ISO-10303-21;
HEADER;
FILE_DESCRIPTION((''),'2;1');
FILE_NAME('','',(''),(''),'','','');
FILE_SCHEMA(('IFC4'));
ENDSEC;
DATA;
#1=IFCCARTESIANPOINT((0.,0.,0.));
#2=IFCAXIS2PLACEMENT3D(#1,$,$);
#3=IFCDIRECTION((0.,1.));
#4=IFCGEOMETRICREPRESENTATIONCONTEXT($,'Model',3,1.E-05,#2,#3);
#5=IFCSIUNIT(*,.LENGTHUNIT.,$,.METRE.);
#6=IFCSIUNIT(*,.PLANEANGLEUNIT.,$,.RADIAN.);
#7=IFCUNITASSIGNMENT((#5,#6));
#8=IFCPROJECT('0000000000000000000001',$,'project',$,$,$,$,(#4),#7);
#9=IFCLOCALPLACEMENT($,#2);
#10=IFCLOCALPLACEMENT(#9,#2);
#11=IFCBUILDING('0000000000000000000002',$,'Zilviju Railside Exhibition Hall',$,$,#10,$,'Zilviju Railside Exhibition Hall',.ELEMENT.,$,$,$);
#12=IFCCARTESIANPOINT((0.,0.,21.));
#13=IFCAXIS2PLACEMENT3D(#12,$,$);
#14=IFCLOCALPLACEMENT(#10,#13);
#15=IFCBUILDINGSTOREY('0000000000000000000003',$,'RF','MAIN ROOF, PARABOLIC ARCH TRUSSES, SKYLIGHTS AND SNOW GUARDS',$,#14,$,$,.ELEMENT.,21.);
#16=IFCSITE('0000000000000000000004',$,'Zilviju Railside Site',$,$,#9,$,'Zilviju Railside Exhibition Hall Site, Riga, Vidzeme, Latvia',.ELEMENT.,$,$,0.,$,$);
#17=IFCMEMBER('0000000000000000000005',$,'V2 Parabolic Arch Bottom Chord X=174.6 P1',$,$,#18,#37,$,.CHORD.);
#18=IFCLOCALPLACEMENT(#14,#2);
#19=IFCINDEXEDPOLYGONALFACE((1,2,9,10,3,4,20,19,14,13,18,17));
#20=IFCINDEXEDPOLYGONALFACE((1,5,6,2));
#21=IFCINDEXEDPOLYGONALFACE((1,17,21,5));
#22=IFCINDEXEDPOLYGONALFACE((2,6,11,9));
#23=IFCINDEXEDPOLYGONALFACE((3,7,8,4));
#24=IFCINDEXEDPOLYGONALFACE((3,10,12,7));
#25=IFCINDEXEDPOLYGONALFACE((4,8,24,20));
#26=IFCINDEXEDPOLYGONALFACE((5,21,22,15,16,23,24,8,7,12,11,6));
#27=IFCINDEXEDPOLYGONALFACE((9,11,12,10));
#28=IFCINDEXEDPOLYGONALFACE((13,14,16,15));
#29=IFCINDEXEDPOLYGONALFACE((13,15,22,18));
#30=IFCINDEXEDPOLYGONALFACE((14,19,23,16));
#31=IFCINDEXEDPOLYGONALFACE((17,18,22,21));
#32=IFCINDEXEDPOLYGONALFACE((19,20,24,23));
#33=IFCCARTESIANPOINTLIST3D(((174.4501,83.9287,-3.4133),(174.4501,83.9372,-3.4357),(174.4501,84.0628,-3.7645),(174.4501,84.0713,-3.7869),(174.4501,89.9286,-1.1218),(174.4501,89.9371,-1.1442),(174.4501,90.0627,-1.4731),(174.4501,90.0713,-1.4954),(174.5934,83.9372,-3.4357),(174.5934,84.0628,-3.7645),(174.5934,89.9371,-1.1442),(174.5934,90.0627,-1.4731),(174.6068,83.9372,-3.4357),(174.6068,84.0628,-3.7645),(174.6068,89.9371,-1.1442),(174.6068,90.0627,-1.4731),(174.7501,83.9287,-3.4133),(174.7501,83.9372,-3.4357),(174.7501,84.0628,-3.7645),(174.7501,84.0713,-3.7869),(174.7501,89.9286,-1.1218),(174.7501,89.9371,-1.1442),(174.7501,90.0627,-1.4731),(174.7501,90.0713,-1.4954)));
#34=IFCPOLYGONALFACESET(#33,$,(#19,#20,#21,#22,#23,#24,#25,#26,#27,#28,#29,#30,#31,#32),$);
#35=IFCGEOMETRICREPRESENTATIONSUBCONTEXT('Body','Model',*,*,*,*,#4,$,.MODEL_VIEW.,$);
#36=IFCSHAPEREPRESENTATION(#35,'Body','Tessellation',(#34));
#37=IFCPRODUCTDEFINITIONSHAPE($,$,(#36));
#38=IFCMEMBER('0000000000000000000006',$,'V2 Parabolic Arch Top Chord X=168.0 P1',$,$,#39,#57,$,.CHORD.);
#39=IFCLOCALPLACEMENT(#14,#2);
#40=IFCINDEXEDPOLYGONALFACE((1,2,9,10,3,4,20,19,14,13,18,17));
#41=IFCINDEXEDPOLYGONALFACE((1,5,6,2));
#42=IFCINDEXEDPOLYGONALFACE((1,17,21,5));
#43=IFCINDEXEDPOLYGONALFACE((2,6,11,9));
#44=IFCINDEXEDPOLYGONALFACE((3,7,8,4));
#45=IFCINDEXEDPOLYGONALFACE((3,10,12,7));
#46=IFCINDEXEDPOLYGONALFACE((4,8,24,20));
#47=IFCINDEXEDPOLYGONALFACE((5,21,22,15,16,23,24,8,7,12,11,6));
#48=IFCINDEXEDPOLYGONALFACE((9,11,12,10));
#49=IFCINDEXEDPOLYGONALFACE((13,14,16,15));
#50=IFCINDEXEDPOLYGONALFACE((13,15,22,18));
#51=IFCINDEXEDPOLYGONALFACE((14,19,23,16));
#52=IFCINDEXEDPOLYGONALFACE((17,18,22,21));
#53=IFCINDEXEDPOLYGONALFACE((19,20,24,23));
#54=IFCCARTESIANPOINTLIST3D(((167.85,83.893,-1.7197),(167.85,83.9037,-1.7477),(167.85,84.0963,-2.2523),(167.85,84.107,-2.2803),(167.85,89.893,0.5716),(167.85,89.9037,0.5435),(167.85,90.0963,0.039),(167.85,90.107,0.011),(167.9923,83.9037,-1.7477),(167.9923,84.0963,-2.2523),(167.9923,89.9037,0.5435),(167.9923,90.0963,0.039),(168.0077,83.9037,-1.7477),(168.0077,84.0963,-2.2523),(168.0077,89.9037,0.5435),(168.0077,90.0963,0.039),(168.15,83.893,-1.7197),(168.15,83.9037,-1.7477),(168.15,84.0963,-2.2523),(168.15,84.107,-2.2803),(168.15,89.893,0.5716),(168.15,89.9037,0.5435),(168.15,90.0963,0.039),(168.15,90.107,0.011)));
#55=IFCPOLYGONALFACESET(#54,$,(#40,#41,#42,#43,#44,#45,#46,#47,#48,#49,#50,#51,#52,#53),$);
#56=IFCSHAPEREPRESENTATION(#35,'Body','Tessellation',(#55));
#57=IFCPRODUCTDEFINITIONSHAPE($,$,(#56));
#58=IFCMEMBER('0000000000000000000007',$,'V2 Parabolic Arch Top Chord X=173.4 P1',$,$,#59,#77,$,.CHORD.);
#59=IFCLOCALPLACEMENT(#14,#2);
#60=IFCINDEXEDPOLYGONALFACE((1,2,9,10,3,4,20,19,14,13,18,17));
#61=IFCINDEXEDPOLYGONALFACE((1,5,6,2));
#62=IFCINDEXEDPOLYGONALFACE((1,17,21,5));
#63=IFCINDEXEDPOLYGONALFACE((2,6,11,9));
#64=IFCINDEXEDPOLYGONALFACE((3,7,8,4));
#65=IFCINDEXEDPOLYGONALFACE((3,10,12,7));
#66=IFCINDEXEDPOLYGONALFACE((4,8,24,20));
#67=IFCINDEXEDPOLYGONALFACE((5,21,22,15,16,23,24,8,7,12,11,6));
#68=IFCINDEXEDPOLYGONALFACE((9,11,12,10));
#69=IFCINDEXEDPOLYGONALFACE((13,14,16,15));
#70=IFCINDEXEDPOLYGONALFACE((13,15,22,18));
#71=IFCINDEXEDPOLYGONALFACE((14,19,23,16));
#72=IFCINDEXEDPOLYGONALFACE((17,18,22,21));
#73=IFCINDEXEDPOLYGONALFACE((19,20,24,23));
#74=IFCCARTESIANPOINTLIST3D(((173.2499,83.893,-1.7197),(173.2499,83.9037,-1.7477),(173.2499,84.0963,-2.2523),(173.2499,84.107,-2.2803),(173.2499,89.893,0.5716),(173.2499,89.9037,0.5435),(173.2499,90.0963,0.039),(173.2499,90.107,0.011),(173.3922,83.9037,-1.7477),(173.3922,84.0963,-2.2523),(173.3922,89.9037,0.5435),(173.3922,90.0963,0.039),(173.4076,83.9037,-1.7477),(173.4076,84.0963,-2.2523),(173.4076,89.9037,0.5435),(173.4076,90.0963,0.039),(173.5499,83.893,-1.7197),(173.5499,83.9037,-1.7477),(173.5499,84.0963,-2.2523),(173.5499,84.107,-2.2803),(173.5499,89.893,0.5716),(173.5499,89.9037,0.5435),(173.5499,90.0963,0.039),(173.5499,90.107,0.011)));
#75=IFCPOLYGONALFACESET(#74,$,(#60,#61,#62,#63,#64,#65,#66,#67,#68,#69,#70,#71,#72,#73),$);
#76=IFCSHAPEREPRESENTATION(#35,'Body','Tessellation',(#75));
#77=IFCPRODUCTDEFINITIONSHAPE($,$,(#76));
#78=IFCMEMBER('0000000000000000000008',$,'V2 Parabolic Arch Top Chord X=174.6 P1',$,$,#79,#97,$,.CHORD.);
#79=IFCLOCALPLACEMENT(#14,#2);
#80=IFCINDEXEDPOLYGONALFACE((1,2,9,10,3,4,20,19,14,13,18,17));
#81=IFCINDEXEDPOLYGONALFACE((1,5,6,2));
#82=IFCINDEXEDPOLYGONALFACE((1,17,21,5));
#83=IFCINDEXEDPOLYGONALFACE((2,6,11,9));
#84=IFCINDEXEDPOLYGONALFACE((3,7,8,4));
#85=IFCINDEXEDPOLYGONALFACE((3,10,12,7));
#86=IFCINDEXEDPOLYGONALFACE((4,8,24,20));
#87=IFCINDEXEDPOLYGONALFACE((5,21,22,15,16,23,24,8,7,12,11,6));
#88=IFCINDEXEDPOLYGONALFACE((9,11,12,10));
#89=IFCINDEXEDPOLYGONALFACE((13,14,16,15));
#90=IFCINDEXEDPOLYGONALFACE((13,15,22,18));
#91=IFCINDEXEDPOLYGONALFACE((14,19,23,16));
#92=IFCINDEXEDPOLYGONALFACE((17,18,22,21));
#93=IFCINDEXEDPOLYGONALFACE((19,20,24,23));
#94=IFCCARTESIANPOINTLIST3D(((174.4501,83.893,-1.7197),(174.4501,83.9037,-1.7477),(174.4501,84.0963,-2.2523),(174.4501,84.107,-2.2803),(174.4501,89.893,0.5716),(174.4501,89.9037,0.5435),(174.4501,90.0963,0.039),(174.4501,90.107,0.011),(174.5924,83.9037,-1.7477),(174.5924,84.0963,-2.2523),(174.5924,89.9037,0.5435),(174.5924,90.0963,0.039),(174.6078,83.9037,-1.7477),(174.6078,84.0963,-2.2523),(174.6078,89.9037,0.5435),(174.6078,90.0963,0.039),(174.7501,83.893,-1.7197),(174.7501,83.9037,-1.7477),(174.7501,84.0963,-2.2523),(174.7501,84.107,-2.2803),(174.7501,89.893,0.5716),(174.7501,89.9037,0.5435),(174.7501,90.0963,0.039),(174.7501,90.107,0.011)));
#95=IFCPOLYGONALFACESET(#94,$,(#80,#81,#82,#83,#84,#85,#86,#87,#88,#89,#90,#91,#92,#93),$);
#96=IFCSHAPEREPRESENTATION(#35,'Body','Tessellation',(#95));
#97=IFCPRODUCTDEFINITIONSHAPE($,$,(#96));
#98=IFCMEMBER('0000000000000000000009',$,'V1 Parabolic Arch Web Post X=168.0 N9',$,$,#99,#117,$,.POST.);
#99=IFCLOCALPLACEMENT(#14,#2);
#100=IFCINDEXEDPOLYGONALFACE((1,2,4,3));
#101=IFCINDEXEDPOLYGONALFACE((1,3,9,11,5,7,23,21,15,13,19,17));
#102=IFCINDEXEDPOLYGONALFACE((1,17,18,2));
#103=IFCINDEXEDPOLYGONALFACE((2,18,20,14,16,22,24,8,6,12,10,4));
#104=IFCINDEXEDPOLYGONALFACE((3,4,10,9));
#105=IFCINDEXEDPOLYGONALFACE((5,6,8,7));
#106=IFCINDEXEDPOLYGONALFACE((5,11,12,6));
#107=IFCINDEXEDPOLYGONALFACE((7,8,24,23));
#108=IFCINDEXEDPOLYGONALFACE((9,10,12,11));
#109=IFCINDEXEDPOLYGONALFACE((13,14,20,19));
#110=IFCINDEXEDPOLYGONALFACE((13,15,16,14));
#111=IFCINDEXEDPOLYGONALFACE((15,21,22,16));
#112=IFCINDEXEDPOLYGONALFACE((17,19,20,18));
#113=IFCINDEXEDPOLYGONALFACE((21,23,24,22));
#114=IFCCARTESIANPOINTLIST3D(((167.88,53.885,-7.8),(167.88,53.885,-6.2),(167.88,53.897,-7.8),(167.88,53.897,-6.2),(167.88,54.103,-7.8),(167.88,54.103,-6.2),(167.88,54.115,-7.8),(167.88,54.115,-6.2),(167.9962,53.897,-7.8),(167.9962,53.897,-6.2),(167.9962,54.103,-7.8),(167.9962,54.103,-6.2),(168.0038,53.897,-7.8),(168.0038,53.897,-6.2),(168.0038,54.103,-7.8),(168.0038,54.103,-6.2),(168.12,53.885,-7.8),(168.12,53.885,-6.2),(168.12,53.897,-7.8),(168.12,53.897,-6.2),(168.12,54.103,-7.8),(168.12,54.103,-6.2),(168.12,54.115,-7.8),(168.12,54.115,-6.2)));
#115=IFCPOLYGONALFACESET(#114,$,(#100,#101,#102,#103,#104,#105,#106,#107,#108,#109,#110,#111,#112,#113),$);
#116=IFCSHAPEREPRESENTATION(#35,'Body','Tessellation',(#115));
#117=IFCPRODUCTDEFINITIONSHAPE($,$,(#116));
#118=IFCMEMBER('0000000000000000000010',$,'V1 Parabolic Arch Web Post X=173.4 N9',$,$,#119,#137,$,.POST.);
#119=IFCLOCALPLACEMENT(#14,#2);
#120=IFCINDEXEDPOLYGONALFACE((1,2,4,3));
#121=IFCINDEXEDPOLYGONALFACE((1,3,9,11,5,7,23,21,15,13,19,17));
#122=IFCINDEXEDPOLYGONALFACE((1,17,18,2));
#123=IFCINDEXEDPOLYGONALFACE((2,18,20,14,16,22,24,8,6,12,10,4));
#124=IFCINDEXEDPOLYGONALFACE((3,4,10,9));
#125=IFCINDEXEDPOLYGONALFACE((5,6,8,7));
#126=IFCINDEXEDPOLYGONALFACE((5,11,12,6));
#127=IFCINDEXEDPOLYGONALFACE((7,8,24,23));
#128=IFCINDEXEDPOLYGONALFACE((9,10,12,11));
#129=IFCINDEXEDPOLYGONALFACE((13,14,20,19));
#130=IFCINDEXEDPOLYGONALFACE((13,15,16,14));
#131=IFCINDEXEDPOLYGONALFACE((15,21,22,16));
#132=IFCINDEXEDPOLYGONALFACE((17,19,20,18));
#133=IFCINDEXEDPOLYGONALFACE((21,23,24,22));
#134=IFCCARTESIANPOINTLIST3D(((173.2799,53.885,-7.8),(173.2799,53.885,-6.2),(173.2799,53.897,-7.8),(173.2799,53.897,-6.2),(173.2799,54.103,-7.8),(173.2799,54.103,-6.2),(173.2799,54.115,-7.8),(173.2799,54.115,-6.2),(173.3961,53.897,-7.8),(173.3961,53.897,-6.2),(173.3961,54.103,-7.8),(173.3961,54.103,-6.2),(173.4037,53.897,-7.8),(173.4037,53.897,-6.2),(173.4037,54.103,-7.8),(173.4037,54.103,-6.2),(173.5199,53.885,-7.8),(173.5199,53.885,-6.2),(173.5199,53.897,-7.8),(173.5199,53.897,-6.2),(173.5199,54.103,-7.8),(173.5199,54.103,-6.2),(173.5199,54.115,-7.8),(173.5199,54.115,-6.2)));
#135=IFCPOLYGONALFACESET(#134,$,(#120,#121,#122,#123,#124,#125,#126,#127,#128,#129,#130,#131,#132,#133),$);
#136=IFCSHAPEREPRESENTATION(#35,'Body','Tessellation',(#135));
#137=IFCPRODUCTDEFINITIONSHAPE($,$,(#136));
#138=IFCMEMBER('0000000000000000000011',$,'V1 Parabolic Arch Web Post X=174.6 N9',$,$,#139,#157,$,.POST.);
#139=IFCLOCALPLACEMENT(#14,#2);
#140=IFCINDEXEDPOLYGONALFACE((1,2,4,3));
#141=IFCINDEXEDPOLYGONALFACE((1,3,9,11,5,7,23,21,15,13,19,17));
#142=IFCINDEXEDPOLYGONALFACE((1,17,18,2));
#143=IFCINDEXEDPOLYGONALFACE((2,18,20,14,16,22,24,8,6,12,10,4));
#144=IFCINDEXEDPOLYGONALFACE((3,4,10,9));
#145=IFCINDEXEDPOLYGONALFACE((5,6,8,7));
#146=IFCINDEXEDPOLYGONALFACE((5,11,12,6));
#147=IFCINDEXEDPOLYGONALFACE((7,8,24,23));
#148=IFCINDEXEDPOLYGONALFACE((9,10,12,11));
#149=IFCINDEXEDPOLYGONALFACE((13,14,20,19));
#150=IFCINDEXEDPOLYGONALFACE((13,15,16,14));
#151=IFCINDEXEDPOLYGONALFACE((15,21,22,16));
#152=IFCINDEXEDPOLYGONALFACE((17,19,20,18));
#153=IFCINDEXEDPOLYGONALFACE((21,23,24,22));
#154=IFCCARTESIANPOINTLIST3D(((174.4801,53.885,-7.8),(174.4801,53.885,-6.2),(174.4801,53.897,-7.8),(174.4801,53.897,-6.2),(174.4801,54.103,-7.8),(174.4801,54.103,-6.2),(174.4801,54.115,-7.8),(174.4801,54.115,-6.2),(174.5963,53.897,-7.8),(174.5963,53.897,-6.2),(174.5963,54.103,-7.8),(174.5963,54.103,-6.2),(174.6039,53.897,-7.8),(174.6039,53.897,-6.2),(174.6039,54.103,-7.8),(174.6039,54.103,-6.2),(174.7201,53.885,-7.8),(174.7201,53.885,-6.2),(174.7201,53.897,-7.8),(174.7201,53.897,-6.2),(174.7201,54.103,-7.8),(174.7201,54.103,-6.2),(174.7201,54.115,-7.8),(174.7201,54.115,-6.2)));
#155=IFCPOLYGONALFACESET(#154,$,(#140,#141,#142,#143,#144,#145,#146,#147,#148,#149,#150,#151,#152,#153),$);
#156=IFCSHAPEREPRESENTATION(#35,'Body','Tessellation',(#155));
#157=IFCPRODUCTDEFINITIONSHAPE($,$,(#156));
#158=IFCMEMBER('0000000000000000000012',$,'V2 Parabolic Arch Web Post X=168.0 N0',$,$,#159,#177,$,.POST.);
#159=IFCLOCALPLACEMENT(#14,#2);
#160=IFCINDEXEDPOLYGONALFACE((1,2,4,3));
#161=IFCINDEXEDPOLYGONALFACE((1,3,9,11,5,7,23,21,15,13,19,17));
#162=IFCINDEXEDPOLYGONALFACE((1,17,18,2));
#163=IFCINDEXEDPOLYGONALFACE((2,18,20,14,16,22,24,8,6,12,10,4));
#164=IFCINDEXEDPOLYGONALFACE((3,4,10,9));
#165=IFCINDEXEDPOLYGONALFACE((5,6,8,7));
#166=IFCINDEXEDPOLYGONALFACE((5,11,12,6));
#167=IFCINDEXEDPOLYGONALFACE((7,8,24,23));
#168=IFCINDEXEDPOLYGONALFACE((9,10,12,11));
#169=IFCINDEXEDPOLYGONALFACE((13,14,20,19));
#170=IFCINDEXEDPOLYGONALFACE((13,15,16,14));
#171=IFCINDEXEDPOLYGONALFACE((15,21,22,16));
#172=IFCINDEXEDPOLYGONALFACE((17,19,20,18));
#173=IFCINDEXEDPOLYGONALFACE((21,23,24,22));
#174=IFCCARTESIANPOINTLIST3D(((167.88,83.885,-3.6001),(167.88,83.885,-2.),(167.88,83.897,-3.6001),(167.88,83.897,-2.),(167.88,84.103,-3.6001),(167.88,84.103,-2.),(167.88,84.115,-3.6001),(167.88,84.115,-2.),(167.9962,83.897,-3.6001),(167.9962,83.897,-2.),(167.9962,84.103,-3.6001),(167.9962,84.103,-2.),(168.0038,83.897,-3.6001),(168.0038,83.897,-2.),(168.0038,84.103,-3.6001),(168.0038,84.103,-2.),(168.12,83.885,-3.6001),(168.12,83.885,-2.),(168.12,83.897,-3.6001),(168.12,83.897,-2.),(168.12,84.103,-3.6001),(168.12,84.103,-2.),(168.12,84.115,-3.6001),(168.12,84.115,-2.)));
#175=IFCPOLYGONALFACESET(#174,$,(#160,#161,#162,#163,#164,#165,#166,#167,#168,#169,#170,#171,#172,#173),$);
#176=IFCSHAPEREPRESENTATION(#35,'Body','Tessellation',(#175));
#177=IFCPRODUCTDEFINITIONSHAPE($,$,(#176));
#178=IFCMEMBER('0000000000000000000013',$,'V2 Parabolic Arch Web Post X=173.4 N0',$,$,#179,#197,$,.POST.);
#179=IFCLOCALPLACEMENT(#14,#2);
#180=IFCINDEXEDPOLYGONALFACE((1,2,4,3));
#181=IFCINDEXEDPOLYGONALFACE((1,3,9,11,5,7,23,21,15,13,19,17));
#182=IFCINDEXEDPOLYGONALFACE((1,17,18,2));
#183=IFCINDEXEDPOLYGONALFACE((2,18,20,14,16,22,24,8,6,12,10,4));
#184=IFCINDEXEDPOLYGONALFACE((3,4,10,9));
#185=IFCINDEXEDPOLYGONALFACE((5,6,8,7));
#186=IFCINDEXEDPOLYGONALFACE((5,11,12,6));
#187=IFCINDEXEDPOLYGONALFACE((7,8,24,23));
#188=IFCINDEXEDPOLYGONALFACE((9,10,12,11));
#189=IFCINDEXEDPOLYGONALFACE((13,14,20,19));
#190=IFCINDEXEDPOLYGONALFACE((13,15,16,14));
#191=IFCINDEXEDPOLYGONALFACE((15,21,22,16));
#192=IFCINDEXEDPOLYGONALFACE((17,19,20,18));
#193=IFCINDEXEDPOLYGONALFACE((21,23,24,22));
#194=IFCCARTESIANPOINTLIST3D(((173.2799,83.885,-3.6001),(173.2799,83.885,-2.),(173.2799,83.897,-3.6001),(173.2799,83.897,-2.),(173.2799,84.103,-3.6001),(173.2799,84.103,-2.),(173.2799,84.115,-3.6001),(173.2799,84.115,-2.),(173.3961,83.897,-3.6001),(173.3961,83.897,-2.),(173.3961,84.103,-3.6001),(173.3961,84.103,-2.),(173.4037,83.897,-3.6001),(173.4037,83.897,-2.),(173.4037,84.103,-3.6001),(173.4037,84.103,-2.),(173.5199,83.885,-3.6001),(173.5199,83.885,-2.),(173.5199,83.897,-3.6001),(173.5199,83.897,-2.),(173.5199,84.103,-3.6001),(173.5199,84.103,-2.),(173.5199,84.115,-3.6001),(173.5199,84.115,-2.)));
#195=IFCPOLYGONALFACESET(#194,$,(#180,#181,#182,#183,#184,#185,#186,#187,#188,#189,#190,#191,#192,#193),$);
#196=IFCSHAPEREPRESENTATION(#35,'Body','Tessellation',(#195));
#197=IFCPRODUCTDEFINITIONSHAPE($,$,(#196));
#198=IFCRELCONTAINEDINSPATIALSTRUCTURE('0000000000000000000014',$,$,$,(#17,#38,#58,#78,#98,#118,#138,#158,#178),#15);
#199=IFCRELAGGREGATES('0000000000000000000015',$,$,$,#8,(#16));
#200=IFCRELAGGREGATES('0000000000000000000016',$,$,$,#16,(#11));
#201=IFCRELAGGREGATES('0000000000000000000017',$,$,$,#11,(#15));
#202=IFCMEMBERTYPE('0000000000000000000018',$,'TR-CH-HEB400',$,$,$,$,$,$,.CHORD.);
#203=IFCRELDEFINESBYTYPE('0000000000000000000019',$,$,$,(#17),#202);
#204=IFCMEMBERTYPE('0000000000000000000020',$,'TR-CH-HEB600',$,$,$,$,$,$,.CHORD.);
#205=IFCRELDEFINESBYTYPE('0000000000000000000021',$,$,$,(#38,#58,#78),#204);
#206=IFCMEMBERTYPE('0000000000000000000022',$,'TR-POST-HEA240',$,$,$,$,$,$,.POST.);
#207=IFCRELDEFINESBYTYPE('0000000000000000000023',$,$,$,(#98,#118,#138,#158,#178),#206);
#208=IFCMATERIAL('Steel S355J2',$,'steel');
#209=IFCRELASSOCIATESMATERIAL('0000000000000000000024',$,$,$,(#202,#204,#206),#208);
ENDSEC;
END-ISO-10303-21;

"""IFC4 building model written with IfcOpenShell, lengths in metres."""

from ifc_helpers import new_model, si_unit, direction, frame, origin, origin_2d, place, context, subcontext, project, spatial, i_section, extrude, material, material_profile, profile_set, type_object, element, save


model = new_model("IFC4")

# Units and contexts
model_context = context("Model", 3, precision=1e-05, world=origin(), true_north=direction((0.0, 1.0)))
body_context = subcontext(model_context, "Body", "Model", "MODEL_VIEW")
ifc_project = project(units=[si_unit("LENGTHUNIT", "METRE"), si_unit("PLANEANGLEUNIT", "RADIAN")], contexts=[model_context])

# Site, building, storey
site_placement = place(None, origin())
site = spatial("IfcSite", under=ifc_project, at=site_placement, Name="Zilviju Railside Site", LongName="Zilviju Railside Exhibition Hall Site, Riga, Vidzeme, Latvia", CompositionType="ELEMENT", RefElevation=0.0)
building_placement = place(site_placement, origin())
building = spatial("IfcBuilding", under=site, at=building_placement, Name="Zilviju Railside Exhibition Hall", LongName="Zilviju Railside Exhibition Hall", CompositionType="ELEMENT")
storey_placement = place(building_placement, frame((0.0, 0.0, 21.0)))
storey = spatial("IfcBuildingStorey", under=building, at=storey_placement, Name="RF", Description="MAIN ROOF, PARABOLIC ARCH TRUSSES, SKYLIGHTS AND SNOW GUARDS", CompositionType="ELEMENT", Elevation=21.0)

# Members
ifc_material_1 = material(Name="Steel S355J2", Category="steel")
ifc_material_profile_1 = material_profile(ifc_material_1, i_section(OverallWidth=0.3, OverallDepth=0.3999, WebThickness=0.0134, FlangeThickness=0.0239, at=origin_2d()), Name="HEB 400")
ifc_profile_set_1 = profile_set([ifc_material_profile_1], Name="Steel S355J2")
member_type_1 = type_object("IfcMemberType", Name="TR-CH-HEB400", PredefinedType="CHORD", material=ifc_profile_set_1)
for number, where, z_axis, x_axis, name in (
    (1, (174.6001, 84.0, -3.6001), (0.0, 0.934188, 0.356782), (-1.0, 0.0, 0.0), "V2 Parabolic Arch Bottom Chord X=174.6 P1"),
):
    element("IfcMember", number, at=place(storey_placement, frame(where, z_axis=z_axis, x_axis=x_axis)), inside=storey, type_object=member_type_1, Name=name, PredefinedType="CHORD", context=body_context, shape_type="SweptSolid", body=[
        extrude(i_section(OverallWidth=0.3, OverallDepth=0.3999, WebThickness=0.0134, FlangeThickness=0.0239, at=origin_2d()), origin(), (0.0, 0.0, 1.0), 6.4226),
    ])
ifc_material_profile_2 = material_profile(ifc_material_1, i_section(OverallWidth=0.3, OverallDepth=0.6001, WebThickness=0.0154, FlangeThickness=0.03, at=origin_2d()), Name="HEB 600")
ifc_profile_set_2 = profile_set([ifc_material_profile_2], Name="Steel S355J2")
member_type_2 = type_object("IfcMemberType", Name="TR-CH-HEB600", PredefinedType="CHORD", material=ifc_profile_set_2)
for number, where, z_axis, x_axis, name in (
    (2, (168.0, 84.0, -2.0), (0.0, 0.9342, 0.356749), (-1.0, 0.0, 0.0), "V2 Parabolic Arch Top Chord X=168.0 P1"),
    (3, (173.3999, 84.0, -2.0), (0.0, 0.9342, 0.356749), (-1.0, 0.0, 0.0), "V2 Parabolic Arch Top Chord X=173.4 P1"),
    (4, (174.6001, 84.0, -2.0), (0.0, 0.9342, 0.356749), (-1.0, 0.0, 0.0), "V2 Parabolic Arch Top Chord X=174.6 P1"),
):
    element("IfcMember", number, at=place(storey_placement, frame(where, z_axis=z_axis, x_axis=x_axis)), inside=storey, type_object=member_type_2, Name=name, PredefinedType="CHORD", context=body_context, shape_type="SweptSolid", body=[
        extrude(i_section(OverallWidth=0.3, OverallDepth=0.6001, WebThickness=0.0154, FlangeThickness=0.03, at=origin_2d()), origin(), (0.0, 0.0, 1.0), 6.4226),
    ])
ifc_material_profile_3 = material_profile(ifc_material_1, i_section(OverallWidth=0.24, OverallDepth=0.23, WebThickness=0.0076, FlangeThickness=0.012, at=origin_2d()), Name="HEA 240")
ifc_profile_set_3 = profile_set([ifc_material_profile_3], Name="Steel S355J2")
member_type_3 = type_object("IfcMemberType", Name="TR-POST-HEA240", PredefinedType="POST", material=ifc_profile_set_3)
for number, where, z_axis, x_axis, name in (
    (5, (168.0, 54.0, -7.8), (0.0, 0.0, 1.0), (1.0, 0.0, 0.0), "V1 Parabolic Arch Web Post X=168.0 N9"),
    (6, (173.3999, 54.0, -7.8), (0.0, 0.0, 1.0), (1.0, 0.0, 0.0), "V1 Parabolic Arch Web Post X=173.4 N9"),
    (7, (174.6001, 54.0, -7.8), (0.0, 0.0, 1.0), (1.0, 0.0, 0.0), "V1 Parabolic Arch Web Post X=174.6 N9"),
    (8, (168.0, 84.0, -3.6001), (0.0, 0.0, 1.0), (1.0, 0.0, 0.0), "V2 Parabolic Arch Web Post X=168.0 N0"),
    (9, (173.3999, 84.0, -3.6001), (0.0, 0.0, 1.0), (1.0, 0.0, 0.0), "V2 Parabolic Arch Web Post X=173.4 N0"),
):
    element("IfcMember", number, at=place(storey_placement, frame(where, z_axis=z_axis, x_axis=x_axis)), inside=storey, type_object=member_type_3, Name=name, PredefinedType="POST", context=body_context, shape_type="SweptSolid", body=[
        extrude(i_section(OverallWidth=0.24, OverallDepth=0.23, WebThickness=0.0076, FlangeThickness=0.012, at=origin_2d()), origin(), (0.0, 0.0, 1.0), 1.6001),
    ])

save(model, "model.ifc")
